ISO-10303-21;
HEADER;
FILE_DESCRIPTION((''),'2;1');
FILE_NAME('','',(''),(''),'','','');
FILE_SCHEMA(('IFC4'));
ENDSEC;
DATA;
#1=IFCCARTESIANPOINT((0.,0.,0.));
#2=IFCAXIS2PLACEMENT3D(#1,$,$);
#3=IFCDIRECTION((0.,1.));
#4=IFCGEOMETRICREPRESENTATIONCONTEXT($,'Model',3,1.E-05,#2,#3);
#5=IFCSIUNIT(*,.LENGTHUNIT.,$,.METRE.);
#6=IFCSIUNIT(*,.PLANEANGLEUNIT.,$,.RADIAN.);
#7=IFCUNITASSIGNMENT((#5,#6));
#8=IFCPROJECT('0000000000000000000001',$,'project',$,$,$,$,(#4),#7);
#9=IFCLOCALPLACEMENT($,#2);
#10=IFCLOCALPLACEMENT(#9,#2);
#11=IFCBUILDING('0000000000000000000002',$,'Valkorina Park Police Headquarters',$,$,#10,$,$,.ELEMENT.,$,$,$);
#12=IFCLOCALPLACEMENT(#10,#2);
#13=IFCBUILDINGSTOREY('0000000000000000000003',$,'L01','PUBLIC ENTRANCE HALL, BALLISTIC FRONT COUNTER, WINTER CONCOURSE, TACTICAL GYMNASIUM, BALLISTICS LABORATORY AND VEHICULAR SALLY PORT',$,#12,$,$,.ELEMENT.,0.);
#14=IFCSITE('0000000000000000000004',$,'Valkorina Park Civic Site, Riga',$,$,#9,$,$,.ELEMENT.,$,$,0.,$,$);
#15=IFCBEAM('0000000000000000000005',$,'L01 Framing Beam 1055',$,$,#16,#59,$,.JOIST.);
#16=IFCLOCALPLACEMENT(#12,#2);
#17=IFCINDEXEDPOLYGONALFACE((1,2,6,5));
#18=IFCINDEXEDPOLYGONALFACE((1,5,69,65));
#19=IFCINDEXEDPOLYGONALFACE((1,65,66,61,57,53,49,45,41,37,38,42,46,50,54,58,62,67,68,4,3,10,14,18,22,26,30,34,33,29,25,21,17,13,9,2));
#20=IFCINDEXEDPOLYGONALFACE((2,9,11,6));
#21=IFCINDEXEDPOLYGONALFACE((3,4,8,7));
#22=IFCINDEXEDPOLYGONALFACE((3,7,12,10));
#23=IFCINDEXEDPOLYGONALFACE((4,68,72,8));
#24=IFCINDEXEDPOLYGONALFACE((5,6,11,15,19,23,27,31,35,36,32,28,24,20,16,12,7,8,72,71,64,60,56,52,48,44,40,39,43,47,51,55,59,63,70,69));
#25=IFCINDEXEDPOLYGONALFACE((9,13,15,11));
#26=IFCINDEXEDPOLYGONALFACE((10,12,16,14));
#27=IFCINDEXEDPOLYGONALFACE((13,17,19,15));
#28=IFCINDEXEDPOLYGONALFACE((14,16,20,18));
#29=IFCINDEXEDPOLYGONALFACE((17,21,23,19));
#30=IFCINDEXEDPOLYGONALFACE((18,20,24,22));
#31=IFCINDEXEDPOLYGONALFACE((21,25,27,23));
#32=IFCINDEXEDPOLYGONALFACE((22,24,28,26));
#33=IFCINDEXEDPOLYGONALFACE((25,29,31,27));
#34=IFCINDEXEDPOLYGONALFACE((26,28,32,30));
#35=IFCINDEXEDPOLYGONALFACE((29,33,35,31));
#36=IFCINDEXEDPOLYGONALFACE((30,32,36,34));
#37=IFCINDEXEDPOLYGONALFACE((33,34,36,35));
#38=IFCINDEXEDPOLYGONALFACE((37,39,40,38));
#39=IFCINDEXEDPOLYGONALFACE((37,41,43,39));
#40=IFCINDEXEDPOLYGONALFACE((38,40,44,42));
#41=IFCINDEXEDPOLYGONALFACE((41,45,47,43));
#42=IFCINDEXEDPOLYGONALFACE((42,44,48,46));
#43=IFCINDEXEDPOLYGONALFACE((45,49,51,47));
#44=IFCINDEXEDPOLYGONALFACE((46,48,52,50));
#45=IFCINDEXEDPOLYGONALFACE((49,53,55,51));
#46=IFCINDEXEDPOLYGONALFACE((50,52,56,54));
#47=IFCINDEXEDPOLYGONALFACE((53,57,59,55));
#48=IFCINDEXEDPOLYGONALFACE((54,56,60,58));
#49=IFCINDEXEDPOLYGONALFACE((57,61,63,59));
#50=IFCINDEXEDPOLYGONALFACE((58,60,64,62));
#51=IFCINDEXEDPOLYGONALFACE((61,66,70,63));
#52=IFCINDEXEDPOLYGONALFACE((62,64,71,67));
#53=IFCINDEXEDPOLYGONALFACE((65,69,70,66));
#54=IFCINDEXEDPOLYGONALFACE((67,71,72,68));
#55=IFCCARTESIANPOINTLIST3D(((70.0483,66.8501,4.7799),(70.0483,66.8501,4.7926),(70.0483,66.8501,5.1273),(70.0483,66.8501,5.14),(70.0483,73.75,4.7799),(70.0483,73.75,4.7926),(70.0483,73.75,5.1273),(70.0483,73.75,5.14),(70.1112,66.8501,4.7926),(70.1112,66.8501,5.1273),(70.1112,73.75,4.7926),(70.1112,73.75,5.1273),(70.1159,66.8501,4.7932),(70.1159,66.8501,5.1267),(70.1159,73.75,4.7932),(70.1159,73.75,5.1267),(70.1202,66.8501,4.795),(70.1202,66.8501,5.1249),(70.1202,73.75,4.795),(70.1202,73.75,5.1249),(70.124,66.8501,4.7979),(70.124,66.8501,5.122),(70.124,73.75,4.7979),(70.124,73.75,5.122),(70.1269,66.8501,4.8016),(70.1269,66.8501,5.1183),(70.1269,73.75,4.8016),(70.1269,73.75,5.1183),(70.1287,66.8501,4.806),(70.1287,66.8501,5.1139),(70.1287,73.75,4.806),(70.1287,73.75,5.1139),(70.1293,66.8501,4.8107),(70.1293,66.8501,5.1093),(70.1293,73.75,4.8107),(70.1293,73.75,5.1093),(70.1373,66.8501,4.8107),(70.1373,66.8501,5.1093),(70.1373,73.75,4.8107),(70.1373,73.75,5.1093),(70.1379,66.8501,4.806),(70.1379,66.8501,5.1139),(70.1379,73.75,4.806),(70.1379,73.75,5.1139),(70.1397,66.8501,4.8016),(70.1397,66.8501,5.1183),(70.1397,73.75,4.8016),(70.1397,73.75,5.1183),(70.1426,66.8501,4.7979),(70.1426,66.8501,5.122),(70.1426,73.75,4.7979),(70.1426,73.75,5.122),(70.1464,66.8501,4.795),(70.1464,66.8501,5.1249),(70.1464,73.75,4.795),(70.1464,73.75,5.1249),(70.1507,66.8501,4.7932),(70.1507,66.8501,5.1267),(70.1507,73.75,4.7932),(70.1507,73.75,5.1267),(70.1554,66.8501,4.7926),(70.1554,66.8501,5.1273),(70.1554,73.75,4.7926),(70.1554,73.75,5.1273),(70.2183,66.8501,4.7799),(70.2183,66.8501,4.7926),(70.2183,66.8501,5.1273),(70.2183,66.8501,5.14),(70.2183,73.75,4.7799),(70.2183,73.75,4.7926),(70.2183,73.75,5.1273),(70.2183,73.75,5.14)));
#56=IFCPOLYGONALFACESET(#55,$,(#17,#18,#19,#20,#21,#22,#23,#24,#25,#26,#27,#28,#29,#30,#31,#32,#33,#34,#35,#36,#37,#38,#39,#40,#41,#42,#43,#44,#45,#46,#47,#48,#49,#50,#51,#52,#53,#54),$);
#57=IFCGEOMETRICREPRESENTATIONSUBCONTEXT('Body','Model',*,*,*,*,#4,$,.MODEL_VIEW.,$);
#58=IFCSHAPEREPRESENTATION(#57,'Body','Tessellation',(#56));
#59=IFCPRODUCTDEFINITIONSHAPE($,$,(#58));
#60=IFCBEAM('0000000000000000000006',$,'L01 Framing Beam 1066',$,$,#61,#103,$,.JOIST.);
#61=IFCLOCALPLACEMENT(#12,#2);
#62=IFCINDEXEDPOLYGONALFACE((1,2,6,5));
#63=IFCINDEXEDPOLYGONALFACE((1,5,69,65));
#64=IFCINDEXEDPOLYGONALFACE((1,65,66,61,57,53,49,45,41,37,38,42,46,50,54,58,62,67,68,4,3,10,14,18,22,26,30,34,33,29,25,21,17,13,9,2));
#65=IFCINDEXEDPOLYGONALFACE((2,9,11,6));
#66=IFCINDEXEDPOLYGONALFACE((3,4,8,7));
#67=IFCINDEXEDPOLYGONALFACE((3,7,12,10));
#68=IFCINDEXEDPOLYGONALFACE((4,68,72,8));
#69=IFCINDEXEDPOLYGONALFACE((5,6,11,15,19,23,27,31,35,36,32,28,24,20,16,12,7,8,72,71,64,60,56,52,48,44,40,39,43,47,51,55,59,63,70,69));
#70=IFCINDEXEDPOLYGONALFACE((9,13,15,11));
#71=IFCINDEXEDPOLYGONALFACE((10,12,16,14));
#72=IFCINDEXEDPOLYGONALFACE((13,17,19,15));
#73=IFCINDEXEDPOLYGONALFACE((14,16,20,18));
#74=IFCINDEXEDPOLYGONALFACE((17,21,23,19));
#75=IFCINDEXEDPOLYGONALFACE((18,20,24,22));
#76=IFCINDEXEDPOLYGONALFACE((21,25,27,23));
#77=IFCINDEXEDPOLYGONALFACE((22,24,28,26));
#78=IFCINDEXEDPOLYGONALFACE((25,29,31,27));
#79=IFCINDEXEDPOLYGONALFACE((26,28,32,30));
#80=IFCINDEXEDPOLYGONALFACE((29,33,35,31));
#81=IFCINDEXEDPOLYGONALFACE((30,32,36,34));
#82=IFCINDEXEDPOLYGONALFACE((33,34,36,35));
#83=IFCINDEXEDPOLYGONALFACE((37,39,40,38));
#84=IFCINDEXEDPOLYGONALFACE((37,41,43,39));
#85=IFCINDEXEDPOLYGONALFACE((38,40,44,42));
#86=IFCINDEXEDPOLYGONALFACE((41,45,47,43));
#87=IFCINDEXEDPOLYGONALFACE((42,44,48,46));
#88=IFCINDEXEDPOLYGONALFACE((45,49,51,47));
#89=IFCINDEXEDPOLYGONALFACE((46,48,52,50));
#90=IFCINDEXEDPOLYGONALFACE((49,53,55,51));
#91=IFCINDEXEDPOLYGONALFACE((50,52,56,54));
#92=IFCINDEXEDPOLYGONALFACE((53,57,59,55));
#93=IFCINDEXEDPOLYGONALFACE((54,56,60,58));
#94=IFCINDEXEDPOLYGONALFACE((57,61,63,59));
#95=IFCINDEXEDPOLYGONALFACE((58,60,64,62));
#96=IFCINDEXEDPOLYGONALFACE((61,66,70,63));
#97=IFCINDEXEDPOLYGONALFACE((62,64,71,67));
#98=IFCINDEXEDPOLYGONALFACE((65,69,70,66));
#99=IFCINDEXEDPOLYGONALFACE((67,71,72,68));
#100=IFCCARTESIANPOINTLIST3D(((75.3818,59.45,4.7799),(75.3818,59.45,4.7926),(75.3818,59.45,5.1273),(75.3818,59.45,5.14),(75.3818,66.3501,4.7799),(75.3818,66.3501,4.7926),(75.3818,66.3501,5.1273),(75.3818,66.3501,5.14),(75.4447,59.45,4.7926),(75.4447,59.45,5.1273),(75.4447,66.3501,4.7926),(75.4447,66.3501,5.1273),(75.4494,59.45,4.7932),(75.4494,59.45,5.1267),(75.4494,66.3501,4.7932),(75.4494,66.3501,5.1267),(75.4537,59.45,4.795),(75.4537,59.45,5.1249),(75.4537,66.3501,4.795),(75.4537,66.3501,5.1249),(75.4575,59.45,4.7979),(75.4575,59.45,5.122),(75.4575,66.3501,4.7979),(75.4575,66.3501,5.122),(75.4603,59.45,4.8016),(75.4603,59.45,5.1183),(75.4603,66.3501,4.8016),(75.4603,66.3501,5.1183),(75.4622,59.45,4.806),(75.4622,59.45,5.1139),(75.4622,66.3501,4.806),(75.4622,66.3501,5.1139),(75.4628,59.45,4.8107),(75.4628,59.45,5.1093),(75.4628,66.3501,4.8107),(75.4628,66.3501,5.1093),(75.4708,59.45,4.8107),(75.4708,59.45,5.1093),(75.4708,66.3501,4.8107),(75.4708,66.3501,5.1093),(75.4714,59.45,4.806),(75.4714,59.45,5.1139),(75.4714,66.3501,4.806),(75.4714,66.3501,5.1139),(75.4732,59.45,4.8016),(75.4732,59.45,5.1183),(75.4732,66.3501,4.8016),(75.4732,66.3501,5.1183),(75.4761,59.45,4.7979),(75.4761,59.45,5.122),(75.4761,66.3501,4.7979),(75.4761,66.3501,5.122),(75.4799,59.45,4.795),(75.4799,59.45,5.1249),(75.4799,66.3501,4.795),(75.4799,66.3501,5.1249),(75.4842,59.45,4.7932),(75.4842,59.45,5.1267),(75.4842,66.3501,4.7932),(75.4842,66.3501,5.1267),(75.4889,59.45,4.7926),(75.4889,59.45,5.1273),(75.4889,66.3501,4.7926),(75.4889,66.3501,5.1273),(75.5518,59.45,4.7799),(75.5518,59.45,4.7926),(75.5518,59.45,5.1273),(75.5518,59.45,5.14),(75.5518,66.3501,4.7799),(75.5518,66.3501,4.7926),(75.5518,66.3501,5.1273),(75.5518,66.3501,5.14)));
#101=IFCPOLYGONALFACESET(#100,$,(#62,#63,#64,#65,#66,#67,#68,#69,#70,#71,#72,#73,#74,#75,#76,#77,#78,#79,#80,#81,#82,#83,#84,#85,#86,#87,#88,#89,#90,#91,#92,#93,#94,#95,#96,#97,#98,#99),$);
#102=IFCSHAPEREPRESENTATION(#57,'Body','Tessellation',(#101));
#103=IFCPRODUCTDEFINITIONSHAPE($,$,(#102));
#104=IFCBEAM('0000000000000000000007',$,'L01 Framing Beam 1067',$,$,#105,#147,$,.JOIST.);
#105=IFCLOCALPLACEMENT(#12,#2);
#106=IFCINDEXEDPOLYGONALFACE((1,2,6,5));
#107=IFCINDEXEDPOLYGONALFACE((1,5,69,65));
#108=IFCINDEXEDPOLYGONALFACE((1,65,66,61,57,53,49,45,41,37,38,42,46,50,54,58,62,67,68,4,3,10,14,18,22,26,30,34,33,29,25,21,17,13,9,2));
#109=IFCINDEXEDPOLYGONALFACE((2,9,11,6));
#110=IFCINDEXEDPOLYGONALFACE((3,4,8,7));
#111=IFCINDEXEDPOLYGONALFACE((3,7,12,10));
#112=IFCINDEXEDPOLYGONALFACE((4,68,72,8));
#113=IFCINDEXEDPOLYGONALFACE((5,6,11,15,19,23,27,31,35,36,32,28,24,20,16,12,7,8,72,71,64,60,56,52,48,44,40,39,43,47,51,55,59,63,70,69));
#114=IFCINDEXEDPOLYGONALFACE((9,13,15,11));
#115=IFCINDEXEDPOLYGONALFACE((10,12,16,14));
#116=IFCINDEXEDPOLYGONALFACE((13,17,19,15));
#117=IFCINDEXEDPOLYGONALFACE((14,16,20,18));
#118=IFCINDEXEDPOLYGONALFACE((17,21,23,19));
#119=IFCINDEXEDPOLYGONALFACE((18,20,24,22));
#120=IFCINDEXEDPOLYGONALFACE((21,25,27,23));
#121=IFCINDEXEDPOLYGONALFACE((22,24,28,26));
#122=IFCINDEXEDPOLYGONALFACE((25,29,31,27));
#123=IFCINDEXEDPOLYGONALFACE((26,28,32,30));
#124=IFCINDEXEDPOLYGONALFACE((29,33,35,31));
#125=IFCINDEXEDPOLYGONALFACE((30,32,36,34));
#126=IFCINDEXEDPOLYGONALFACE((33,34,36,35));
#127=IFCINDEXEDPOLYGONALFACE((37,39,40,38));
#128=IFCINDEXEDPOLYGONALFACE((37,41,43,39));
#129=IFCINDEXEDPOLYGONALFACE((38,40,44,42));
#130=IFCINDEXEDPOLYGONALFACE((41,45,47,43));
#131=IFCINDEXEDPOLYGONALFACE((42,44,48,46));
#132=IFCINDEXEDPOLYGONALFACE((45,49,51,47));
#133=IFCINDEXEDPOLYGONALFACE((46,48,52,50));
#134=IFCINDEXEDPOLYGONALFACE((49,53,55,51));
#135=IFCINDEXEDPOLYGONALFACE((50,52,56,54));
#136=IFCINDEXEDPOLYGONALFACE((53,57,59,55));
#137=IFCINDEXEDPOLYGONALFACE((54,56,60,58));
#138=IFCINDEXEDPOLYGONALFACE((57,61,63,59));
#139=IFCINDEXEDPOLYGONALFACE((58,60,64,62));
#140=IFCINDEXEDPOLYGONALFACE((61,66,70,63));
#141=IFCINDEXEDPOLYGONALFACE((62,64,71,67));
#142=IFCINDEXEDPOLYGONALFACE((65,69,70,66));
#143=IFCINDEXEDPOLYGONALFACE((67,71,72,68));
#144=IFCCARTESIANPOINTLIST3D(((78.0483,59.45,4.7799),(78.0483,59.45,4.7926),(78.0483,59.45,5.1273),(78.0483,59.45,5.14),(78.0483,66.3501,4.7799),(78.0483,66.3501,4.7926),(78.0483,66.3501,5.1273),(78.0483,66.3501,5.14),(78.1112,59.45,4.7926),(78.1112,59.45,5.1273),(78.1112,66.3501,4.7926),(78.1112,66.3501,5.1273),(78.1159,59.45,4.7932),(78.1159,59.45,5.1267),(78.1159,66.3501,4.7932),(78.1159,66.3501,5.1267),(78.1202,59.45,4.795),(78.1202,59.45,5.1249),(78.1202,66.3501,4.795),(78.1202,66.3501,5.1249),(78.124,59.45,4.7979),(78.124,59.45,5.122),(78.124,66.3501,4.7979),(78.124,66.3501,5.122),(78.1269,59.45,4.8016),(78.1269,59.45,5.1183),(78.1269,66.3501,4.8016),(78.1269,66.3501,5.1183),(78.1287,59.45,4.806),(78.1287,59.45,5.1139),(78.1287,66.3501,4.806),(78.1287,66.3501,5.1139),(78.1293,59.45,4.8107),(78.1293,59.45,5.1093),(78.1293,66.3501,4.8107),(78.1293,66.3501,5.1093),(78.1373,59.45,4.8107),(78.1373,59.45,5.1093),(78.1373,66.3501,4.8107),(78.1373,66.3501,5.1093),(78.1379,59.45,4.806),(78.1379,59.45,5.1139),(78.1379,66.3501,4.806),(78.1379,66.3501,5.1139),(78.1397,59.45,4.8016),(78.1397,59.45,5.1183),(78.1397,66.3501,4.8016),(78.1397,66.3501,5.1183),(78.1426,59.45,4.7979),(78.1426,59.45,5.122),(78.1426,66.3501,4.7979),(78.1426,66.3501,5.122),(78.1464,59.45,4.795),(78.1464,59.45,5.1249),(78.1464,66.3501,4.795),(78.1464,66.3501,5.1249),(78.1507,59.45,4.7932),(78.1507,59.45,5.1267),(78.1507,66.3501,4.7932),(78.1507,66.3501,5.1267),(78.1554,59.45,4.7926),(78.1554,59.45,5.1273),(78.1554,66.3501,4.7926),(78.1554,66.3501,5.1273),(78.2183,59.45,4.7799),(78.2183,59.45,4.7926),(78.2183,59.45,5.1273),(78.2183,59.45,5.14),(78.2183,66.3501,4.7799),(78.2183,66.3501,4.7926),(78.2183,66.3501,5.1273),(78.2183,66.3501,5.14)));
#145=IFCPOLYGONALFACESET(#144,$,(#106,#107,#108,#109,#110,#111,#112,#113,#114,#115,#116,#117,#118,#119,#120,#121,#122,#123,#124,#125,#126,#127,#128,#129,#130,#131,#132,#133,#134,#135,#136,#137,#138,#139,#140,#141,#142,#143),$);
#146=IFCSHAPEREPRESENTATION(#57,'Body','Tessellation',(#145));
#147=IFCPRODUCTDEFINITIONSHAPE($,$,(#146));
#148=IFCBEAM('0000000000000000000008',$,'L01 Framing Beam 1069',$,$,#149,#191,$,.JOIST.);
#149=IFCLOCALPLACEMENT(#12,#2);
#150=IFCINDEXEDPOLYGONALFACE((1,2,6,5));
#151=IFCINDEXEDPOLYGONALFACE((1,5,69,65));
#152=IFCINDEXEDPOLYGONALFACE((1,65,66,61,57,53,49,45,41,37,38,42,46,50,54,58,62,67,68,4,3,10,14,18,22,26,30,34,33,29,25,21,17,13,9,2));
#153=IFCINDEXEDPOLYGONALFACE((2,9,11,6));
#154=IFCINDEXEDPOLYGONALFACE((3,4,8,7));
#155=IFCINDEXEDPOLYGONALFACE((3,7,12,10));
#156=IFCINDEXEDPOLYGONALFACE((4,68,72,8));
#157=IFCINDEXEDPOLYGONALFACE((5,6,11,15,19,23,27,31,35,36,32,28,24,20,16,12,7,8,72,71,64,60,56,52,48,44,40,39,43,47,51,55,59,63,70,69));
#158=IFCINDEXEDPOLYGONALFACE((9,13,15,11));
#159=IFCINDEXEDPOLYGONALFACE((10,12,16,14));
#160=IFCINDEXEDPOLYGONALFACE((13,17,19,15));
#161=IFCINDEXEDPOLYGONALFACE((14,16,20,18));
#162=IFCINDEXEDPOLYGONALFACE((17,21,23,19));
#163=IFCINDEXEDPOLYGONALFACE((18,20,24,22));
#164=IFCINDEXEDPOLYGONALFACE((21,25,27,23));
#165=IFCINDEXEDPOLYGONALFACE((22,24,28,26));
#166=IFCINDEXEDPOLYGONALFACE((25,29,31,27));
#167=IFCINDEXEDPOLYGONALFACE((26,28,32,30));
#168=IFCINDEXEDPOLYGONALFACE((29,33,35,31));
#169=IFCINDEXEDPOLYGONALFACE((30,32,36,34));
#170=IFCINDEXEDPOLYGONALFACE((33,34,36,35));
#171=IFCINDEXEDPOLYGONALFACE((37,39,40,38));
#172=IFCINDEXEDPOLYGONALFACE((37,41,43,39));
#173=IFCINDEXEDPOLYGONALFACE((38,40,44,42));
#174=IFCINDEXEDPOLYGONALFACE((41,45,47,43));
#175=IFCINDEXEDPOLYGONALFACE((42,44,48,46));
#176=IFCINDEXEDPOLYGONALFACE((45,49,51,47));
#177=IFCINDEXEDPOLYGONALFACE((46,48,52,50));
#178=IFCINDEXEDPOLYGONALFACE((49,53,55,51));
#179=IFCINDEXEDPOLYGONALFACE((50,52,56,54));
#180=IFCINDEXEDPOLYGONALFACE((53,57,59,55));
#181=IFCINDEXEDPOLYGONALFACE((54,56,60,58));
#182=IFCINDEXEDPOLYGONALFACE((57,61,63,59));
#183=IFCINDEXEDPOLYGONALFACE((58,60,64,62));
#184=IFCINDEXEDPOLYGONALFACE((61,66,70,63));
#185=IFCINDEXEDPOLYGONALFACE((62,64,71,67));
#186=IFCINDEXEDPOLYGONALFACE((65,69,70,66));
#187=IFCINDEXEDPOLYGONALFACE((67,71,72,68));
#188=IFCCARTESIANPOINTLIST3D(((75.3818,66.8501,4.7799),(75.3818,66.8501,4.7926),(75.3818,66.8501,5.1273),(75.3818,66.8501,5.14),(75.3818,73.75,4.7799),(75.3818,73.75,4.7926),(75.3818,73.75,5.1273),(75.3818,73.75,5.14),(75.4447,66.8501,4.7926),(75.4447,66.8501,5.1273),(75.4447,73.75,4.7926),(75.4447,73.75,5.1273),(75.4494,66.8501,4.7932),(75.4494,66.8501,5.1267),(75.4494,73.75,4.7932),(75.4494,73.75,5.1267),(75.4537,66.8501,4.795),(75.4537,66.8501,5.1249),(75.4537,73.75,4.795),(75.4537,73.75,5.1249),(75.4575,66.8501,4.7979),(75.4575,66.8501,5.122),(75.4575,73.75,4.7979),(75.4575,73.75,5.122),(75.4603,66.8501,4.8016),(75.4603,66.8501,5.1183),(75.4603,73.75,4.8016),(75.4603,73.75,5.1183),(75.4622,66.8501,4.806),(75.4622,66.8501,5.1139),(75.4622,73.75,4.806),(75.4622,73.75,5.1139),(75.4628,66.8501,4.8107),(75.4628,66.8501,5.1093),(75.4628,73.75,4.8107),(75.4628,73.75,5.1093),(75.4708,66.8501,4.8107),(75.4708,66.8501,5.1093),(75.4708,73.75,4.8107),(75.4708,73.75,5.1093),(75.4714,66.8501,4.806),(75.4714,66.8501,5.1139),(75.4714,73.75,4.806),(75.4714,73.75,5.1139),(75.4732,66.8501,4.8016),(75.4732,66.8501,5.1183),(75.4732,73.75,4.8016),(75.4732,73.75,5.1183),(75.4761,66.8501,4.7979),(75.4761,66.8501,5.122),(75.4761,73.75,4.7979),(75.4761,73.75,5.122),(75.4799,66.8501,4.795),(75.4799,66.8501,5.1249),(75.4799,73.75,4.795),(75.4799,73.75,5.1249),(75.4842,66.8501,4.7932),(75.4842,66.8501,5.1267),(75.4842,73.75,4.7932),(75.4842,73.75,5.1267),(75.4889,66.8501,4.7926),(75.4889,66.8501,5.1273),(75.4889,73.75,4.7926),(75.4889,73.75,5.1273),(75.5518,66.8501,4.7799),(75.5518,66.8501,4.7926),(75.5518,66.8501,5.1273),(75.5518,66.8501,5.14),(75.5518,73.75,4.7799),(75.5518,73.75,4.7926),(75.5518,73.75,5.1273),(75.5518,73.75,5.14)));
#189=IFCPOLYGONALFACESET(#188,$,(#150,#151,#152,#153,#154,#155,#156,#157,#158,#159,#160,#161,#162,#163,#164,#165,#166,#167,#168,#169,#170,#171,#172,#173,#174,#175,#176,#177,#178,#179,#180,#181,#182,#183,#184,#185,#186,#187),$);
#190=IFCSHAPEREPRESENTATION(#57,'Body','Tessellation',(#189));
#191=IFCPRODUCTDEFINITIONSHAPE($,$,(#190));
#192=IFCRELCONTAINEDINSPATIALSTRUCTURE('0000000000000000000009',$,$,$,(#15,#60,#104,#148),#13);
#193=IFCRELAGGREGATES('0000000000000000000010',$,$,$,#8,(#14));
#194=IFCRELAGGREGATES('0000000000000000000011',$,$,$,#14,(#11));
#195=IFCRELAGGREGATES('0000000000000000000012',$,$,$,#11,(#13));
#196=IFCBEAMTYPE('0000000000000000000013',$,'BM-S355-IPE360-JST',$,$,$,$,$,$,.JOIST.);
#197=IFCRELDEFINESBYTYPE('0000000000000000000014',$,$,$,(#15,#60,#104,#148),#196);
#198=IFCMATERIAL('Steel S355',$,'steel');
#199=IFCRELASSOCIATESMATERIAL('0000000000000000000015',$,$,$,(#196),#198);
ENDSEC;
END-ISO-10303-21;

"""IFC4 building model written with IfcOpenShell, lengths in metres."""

from ifc_helpers import new_model, si_unit, direction, frame, origin, origin_2d, place, context, subcontext, project, spatial, i_section, extrude, material, material_profile, profile_set, type_object, element, save


model = new_model("IFC4")

# Units and contexts
model_context = context("Model", 3, precision=1e-05, world=origin(), true_north=direction((0.0, 1.0)))
body_context = subcontext(model_context, "Body", "Model", "MODEL_VIEW")
ifc_project = project(units=[si_unit("LENGTHUNIT", "METRE"), si_unit("PLANEANGLEUNIT", "RADIAN")], contexts=[model_context])

# Site, building, storey
site_placement = place(None, origin())
site = spatial("IfcSite", under=ifc_project, at=site_placement, Name="Valkorina Park Civic Site, Riga", CompositionType="ELEMENT", RefElevation=0.0)
building_placement = place(site_placement, origin())
building = spatial("IfcBuilding", under=site, at=building_placement, Name="Valkorina Park Police Headquarters", CompositionType="ELEMENT")
storey_placement = place(building_placement, origin())
storey = spatial("IfcBuildingStorey", under=building, at=storey_placement, Name="L01", Description="PUBLIC ENTRANCE HALL, BALLISTIC FRONT COUNTER, WINTER CONCOURSE, TACTICAL GYMNASIUM, BALLISTICS LABORATORY AND VEHICULAR SALLY PORT", CompositionType="ELEMENT", Elevation=0.0)

# Beams
ifc_material_1 = material(Name="Steel S355", Category="steel")
ifc_material_profile_1 = material_profile(ifc_material_1, i_section(OverallWidth=0.1699, OverallDepth=0.3601, WebThickness=0.0081, FlangeThickness=0.0127, FilletRadius=0.0181, at=origin_2d()), Name="IPE 360")
ifc_profile_set_1 = profile_set([ifc_material_profile_1], Name="Steel S355")
beam_type_1 = type_object("IfcBeamType", Name="BM-S355-IPE360-JST", PredefinedType="JOIST", material=ifc_profile_set_1)
for number, where, z_axis, x_axis, name in (
    (1, (70.1333, 66.8501, 4.96), (0.0, 1.0, 0.0), (-1.0, 0.0, 0.0), "L01 Framing Beam 1055"),
):
    element("IfcBeam", number, at=place(storey_placement, frame(where, z_axis=z_axis, x_axis=x_axis)), inside=storey, type_object=beam_type_1, Name=name, PredefinedType="JOIST", context=body_context, shape_type="SweptSolid", body=[
        extrude(i_section(OverallWidth=0.1699, OverallDepth=0.3601, WebThickness=0.0081, FlangeThickness=0.0127, FilletRadius=0.0181, at=origin_2d()), origin(), (0.0, 0.0, 1.0), 6.8999),
    ])
for number, where, z_axis, x_axis, name in (
    (2, (75.4668, 59.45, 4.96), (0.0, 1.0, 0.0), (-1.0, 0.0, 0.0), "L01 Framing Beam 1066"),
    (3, (78.1333, 59.45, 4.96), (0.0, 1.0, 0.0), (-1.0, 0.0, 0.0), "L01 Framing Beam 1067"),
):
    element("IfcBeam", number, at=place(storey_placement, frame(where, z_axis=z_axis, x_axis=x_axis)), inside=storey, type_object=beam_type_1, Name=name, PredefinedType="JOIST", context=body_context, shape_type="SweptSolid", body=[
        extrude(i_section(OverallWidth=0.1699, OverallDepth=0.3601, WebThickness=0.0081, FlangeThickness=0.0127, FilletRadius=0.0181, at=origin_2d()), origin(), (0.0, 0.0, 1.0), 6.9001),
    ])
for number, where, z_axis, x_axis, name in (
    (4, (75.4668, 66.8501, 4.96), (0.0, 1.0, 0.0), (-1.0, 0.0, 0.0), "L01 Framing Beam 1069"),
):
    element("IfcBeam", number, at=place(storey_placement, frame(where, z_axis=z_axis, x_axis=x_axis)), inside=storey, type_object=beam_type_1, Name=name, PredefinedType="JOIST", context=body_context, shape_type="SweptSolid", body=[
        extrude(i_section(OverallWidth=0.1699, OverallDepth=0.3601, WebThickness=0.0081, FlangeThickness=0.0127, FilletRadius=0.0181, at=origin_2d()), origin(), (0.0, 0.0, 1.0), 6.8999),
    ])

save(model, "model.ifc")
